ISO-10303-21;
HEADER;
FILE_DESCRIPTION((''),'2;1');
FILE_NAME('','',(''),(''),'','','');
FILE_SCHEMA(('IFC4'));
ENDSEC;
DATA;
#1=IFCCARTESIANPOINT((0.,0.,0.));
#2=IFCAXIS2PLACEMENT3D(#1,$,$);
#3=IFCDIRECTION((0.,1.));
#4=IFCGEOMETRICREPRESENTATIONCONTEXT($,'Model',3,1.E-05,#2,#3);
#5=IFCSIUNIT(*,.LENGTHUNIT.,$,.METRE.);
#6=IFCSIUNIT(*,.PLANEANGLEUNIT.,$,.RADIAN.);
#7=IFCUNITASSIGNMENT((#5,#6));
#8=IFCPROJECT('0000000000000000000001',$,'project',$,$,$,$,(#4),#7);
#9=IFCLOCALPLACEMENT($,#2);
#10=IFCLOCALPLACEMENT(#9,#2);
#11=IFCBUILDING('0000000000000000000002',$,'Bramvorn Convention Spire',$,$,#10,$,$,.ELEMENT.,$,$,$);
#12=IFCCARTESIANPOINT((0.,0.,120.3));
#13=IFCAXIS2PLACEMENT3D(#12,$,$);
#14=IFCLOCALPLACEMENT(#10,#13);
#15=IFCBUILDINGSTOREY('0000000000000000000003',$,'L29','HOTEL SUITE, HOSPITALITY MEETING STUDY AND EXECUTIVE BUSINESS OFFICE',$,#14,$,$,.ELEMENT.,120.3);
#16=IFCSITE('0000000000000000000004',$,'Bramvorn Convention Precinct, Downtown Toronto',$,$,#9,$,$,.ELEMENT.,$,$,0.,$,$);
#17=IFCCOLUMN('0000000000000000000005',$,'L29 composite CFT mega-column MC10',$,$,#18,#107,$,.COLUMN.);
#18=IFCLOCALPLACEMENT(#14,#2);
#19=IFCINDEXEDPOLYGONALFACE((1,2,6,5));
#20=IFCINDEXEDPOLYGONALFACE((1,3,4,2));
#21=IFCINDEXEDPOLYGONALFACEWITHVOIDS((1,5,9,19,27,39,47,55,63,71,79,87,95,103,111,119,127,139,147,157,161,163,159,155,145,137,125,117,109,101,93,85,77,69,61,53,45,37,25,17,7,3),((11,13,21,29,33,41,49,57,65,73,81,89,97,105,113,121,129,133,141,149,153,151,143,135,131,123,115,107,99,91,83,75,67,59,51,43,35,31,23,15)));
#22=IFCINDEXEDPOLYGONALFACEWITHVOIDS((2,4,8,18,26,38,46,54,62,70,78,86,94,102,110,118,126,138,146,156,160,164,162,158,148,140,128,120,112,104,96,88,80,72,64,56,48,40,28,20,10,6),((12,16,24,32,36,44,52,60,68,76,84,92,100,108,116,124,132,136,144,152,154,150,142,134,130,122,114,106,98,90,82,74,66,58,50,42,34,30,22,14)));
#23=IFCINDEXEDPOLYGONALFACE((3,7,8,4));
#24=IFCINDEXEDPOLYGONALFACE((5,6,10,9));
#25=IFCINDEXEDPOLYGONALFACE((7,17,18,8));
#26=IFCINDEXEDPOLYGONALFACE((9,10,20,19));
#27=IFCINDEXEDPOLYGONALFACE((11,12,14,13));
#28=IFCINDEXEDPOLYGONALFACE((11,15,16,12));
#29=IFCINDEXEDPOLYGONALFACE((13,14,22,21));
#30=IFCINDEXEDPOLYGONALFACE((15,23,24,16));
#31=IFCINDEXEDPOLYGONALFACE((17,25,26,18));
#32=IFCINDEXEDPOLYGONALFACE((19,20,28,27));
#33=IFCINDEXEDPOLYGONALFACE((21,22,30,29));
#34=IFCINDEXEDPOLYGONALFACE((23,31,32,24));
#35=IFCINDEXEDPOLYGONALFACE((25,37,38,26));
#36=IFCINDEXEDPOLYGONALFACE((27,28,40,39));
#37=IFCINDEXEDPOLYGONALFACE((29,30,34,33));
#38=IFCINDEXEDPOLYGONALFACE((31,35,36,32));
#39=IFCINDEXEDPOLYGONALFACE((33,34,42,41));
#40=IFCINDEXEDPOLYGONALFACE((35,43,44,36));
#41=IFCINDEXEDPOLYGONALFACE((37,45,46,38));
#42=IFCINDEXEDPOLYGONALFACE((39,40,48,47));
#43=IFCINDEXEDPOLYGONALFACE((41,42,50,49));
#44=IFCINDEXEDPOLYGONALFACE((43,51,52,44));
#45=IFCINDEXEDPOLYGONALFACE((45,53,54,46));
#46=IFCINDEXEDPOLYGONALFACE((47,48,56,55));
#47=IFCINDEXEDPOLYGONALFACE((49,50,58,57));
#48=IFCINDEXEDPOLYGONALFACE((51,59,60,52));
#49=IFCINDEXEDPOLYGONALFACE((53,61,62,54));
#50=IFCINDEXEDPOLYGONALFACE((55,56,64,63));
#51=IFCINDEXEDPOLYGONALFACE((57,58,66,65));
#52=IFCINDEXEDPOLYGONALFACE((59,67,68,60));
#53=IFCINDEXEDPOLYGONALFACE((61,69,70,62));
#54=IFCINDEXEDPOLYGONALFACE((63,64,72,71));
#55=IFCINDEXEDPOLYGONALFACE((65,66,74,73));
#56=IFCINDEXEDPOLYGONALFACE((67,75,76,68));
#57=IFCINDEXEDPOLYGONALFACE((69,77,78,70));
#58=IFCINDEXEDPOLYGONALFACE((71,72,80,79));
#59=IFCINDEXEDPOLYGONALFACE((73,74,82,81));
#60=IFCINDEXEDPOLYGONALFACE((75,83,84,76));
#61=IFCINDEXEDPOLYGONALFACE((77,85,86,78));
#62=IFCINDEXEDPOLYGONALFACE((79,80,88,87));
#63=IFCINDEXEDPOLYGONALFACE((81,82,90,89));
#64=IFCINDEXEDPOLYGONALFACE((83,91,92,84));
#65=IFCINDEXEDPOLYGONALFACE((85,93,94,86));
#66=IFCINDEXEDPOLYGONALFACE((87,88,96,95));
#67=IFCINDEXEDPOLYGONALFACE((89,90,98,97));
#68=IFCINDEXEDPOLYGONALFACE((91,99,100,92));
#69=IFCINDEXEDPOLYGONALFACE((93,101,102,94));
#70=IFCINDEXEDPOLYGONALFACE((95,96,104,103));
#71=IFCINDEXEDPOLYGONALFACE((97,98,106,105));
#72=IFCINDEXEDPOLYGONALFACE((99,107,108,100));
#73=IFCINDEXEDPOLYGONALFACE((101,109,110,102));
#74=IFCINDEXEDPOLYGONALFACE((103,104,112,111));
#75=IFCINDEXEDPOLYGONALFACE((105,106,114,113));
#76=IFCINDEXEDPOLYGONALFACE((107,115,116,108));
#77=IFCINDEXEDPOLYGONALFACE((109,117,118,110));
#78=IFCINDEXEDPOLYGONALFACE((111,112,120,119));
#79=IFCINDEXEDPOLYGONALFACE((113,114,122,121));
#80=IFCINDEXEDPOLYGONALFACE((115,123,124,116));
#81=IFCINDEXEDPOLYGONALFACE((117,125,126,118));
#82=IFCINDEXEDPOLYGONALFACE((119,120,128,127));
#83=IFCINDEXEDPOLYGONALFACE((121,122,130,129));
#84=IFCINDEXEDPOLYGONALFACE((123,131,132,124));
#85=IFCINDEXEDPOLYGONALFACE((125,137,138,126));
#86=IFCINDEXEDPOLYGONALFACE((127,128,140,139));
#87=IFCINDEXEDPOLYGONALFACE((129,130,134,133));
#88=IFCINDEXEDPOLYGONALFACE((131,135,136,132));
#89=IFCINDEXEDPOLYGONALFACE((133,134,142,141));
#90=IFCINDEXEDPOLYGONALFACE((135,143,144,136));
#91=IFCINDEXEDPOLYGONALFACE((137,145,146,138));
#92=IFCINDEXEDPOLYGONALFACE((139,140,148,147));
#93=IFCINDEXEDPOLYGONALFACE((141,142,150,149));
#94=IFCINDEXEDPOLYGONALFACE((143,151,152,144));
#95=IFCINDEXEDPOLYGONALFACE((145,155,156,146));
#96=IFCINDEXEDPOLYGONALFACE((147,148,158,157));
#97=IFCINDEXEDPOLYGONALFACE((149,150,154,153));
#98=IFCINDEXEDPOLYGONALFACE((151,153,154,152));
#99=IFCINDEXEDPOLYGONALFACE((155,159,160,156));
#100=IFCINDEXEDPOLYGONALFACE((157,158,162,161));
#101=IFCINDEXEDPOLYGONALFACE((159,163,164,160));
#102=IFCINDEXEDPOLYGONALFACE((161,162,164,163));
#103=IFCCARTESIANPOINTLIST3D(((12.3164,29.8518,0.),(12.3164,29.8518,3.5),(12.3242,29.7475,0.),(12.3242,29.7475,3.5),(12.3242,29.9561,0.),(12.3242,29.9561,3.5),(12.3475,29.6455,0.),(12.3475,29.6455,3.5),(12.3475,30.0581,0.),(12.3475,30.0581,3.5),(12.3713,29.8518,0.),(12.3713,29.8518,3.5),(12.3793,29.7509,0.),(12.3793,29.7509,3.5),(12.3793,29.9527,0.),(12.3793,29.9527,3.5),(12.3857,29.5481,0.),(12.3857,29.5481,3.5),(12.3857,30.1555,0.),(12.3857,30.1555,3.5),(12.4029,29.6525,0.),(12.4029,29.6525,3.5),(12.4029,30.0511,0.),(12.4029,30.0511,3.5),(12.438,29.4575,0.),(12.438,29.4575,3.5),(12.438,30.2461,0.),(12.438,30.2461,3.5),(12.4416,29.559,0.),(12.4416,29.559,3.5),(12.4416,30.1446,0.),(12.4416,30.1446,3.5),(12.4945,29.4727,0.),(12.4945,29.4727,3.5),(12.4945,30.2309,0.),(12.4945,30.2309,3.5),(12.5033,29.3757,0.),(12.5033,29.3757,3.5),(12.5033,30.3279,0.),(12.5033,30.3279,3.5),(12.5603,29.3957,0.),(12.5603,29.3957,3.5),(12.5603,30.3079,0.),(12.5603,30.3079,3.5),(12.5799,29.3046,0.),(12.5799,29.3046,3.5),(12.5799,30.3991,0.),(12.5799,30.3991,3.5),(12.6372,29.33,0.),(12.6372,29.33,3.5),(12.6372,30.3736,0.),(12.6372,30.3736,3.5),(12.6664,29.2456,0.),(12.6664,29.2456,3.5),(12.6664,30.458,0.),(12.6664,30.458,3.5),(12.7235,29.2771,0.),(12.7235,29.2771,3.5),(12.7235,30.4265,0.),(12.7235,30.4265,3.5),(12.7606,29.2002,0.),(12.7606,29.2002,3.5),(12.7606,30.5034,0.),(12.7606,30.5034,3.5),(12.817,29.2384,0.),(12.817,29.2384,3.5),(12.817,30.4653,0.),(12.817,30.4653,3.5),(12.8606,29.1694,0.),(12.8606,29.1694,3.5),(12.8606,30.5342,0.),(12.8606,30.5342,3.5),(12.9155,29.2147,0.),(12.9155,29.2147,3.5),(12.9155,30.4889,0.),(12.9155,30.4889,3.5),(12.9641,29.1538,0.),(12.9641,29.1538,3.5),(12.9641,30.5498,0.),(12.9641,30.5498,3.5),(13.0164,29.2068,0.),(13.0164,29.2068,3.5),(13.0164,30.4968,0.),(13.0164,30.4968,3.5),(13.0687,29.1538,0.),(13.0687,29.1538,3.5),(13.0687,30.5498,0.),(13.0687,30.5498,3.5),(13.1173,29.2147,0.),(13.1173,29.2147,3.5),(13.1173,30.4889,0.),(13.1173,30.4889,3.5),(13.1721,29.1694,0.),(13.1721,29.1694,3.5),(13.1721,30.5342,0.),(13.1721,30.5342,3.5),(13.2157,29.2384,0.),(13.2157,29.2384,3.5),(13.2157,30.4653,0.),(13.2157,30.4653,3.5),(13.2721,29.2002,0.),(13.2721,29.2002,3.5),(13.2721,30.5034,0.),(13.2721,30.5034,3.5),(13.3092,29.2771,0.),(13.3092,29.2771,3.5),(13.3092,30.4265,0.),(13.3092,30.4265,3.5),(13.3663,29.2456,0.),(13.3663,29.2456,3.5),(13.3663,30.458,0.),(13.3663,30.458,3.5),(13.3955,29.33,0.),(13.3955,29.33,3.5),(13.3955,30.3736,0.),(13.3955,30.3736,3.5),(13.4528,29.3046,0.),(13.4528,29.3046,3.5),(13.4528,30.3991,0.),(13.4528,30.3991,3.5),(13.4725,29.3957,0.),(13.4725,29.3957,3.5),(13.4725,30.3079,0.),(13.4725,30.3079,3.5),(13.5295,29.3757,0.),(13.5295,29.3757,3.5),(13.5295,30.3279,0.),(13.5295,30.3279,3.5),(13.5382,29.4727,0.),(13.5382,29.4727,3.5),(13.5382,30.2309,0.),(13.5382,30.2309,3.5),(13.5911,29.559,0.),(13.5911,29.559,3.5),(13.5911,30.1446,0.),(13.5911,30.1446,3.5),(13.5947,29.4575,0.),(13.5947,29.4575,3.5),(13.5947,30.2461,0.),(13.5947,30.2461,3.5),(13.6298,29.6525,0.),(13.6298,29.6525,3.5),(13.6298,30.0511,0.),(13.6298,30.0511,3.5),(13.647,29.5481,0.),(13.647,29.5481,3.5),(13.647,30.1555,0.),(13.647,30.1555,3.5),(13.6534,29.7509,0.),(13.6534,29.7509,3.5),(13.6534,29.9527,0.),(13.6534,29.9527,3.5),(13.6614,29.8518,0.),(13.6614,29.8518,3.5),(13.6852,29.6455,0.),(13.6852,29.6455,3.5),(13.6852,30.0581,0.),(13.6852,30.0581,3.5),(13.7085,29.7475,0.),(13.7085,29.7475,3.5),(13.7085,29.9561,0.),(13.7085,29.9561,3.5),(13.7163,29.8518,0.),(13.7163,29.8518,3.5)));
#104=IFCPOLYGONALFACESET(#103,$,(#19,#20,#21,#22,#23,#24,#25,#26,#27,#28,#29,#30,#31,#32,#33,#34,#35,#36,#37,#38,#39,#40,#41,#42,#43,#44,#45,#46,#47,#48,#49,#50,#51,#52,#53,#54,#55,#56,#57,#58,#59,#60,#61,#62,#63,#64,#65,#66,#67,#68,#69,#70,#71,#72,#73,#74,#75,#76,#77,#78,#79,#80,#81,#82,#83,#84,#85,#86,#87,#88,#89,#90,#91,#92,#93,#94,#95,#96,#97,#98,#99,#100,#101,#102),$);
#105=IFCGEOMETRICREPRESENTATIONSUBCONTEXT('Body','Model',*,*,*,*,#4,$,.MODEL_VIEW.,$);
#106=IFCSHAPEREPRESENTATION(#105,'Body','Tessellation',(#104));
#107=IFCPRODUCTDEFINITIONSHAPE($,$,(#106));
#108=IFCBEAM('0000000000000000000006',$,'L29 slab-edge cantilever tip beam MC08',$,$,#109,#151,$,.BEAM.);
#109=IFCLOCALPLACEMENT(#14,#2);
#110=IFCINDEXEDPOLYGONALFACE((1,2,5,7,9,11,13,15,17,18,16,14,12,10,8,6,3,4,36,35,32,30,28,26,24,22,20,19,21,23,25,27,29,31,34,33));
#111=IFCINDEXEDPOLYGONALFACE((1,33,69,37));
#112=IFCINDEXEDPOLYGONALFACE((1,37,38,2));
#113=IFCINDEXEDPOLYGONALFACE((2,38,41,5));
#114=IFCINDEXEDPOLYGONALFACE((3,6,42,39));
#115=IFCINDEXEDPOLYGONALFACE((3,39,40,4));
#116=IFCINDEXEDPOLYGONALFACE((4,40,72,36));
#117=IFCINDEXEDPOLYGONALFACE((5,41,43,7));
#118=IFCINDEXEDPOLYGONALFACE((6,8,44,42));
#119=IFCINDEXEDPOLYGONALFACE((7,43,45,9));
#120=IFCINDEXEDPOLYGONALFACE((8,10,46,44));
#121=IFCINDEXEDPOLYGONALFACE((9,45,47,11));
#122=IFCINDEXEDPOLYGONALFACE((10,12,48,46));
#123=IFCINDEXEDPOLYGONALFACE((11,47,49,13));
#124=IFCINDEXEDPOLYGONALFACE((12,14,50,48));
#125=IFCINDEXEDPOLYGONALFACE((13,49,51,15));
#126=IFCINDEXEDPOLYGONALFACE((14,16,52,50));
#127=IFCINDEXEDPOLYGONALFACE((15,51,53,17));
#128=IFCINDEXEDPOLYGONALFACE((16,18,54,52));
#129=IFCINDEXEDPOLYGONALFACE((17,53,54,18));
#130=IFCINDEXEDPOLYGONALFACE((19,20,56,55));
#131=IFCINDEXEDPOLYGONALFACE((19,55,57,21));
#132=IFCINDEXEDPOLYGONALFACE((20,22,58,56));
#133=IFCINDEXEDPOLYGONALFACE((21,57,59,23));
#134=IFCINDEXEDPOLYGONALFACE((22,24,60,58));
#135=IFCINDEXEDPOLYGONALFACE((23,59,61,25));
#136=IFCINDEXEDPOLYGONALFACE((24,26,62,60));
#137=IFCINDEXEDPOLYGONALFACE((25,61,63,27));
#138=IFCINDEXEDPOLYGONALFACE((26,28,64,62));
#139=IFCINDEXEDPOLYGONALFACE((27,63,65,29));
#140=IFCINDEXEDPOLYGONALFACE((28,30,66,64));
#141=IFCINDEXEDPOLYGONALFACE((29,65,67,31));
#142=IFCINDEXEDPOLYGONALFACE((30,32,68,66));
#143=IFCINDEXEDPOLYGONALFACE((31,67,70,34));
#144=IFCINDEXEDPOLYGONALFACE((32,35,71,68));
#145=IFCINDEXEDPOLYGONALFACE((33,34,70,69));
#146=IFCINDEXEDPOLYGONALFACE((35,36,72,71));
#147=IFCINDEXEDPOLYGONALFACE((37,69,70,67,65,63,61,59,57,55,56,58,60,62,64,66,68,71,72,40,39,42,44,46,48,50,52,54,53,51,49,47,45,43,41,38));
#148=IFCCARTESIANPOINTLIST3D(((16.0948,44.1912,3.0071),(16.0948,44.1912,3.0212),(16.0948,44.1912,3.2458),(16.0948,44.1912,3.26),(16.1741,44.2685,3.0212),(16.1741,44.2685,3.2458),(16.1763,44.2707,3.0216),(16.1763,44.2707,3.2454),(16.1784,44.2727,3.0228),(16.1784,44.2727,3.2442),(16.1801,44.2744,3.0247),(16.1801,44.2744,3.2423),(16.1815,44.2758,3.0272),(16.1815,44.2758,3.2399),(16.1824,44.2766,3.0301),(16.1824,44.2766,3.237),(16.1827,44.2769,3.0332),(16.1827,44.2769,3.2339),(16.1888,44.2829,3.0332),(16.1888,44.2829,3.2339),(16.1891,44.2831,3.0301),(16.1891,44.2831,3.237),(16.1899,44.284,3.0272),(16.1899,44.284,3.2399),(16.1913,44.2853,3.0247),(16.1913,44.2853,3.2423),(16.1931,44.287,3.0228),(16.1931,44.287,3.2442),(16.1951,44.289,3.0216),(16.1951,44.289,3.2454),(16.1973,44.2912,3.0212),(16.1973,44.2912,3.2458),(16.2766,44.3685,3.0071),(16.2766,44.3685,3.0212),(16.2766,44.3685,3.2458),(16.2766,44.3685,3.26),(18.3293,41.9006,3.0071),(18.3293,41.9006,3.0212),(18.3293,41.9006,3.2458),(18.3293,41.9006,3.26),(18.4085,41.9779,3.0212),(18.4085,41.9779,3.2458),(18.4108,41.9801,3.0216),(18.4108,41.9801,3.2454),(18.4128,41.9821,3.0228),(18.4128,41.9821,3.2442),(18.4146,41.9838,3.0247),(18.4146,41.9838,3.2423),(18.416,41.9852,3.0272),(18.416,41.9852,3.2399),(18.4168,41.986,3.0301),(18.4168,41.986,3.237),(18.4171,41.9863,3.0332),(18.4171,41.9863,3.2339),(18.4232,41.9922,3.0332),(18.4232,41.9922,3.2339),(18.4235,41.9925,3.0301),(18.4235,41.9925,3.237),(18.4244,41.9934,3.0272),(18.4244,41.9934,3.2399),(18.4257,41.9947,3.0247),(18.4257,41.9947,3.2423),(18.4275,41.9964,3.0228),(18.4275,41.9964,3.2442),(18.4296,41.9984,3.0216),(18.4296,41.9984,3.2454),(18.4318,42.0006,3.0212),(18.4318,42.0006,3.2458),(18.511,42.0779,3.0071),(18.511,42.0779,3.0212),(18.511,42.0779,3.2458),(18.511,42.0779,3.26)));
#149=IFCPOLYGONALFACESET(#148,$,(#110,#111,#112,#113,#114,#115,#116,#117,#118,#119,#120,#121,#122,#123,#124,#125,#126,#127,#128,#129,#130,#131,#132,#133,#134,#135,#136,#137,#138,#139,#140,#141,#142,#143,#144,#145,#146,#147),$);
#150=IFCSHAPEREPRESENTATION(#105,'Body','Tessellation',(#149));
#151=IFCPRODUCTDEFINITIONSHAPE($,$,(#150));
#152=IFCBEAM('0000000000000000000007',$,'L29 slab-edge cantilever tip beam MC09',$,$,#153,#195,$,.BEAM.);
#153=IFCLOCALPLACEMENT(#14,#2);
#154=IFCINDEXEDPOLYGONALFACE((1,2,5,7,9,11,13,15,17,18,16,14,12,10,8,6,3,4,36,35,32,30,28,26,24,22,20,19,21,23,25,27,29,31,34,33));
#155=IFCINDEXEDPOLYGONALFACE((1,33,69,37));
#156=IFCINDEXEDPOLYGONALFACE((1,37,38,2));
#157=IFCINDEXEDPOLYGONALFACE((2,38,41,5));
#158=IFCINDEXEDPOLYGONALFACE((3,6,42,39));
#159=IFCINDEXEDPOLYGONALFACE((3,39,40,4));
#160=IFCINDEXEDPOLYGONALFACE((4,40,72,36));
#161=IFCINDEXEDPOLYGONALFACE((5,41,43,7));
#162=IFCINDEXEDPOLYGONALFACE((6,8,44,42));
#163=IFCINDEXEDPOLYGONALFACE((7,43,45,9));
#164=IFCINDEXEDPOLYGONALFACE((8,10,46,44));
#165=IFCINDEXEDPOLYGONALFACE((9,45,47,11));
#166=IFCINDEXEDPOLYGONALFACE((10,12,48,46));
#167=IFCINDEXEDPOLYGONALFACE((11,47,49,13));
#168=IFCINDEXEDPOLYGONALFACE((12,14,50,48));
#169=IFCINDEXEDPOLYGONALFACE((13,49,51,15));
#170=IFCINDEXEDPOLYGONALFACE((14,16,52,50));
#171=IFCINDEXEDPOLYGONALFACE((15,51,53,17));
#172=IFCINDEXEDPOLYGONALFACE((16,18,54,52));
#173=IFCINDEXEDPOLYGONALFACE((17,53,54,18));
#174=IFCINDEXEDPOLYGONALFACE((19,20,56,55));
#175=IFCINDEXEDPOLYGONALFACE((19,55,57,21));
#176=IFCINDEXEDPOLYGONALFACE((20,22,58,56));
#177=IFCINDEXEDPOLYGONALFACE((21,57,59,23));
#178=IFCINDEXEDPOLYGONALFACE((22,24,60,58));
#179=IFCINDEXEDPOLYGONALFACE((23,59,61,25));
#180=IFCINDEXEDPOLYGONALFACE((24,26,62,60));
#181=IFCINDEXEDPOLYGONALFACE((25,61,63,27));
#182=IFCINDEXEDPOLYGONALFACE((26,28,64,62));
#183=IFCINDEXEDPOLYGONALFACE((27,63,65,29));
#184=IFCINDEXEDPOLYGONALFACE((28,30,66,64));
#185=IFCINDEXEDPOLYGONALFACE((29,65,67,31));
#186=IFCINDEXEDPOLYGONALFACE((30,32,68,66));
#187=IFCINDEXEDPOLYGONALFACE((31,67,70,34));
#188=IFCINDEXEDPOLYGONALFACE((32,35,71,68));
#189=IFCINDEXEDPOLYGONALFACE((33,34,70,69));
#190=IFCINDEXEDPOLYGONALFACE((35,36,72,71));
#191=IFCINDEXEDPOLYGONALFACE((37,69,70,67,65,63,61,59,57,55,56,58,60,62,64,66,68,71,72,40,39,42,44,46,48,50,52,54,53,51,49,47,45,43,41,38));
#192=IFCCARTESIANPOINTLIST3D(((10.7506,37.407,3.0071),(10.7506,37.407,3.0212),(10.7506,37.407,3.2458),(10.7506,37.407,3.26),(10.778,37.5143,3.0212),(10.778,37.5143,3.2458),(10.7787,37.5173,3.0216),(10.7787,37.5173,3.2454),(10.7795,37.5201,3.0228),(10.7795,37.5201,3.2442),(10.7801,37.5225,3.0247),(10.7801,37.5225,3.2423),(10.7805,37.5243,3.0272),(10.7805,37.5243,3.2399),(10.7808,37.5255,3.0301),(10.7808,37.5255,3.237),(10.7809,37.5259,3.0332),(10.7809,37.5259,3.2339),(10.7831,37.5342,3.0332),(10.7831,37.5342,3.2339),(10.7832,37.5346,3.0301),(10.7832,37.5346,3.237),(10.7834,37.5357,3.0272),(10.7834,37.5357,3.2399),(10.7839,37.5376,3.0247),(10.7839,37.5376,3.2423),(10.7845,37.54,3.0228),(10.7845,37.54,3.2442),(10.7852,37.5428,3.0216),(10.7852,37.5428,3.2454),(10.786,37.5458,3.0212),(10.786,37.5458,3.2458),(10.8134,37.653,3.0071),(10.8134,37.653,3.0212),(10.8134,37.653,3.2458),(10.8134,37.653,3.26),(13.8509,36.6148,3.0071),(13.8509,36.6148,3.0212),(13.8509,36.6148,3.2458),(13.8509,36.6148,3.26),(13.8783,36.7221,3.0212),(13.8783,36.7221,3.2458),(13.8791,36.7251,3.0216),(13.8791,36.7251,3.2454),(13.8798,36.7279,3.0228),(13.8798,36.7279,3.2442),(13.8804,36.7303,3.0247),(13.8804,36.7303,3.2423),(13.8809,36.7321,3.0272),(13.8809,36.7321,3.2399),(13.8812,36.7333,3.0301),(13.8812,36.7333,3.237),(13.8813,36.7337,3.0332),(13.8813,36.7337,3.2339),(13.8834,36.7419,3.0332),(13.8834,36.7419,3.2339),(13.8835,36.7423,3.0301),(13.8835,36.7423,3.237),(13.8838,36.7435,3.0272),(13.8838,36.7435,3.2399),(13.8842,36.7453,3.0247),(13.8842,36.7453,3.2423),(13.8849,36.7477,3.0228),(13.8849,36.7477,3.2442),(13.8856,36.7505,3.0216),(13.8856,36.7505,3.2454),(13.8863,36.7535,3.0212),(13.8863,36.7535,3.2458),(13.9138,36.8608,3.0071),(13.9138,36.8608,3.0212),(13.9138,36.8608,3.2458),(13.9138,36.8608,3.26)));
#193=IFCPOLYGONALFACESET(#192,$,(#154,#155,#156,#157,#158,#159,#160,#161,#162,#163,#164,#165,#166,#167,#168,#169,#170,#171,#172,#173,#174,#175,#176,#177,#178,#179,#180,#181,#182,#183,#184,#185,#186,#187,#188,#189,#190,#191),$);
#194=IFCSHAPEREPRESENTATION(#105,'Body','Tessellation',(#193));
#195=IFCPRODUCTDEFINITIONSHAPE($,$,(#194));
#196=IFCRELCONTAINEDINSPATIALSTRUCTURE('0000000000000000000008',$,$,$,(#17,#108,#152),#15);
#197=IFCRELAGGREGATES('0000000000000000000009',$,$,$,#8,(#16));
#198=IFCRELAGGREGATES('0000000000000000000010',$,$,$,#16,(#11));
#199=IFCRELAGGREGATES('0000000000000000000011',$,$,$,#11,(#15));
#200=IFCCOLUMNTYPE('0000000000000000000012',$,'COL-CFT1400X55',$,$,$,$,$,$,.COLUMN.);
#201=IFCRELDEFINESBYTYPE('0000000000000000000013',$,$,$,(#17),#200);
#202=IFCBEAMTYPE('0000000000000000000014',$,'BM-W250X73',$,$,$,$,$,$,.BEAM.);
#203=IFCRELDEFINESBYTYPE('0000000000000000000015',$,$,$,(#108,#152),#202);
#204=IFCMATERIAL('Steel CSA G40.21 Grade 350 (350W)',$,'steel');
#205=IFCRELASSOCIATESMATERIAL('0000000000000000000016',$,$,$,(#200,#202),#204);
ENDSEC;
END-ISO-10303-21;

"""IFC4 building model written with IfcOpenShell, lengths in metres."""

from ifc_helpers import new_model, si_unit, direction, frame, origin, origin_2d, place, context, subcontext, project, spatial, hollow_circle, i_section, extrude, material, material_profile, profile_set, type_object, element, save


model = new_model("IFC4")

# Units and contexts
model_context = context("Model", 3, precision=1e-05, world=origin(), true_north=direction((0.0, 1.0)))
body_context = subcontext(model_context, "Body", "Model", "MODEL_VIEW")
ifc_project = project(units=[si_unit("LENGTHUNIT", "METRE"), si_unit("PLANEANGLEUNIT", "RADIAN")], contexts=[model_context])

# Site, building, storey
site_placement = place(None, origin())
site = spatial("IfcSite", under=ifc_project, at=site_placement, Name="Bramvorn Convention Precinct, Downtown Toronto", CompositionType="ELEMENT", RefElevation=0.0)
building_placement = place(site_placement, origin())
building = spatial("IfcBuilding", under=site, at=building_placement, Name="Bramvorn Convention Spire", CompositionType="ELEMENT")
storey_placement = place(building_placement, frame((0.0, 0.0, 120.3)))
storey = spatial("IfcBuildingStorey", under=building, at=storey_placement, Name="L29", Description="HOTEL SUITE, HOSPITALITY MEETING STUDY AND EXECUTIVE BUSINESS OFFICE", CompositionType="ELEMENT", Elevation=120.3)

# Column
ifc_material_1 = material(Name="Steel CSA G40.21 Grade 350 (350W)", Category="steel")
ifc_material_profile_1 = material_profile(ifc_material_1, hollow_circle(Radius=0.7, WallThickness=0.0549, at=origin_2d()))
ifc_profile_set_1 = profile_set([ifc_material_profile_1], Name="Steel CSA G40.21 Grade 350 (350W) - CFT1400X55")
column_type = type_object("IfcColumnType", Name="COL-CFT1400X55", PredefinedType="COLUMN", material=ifc_profile_set_1)
for number, where, z_axis, x_axis, name in (
    (1, (13.0164, 29.8518, 0.0), (0.0, 0.0, 1.0), (1.0, 0.0, 0.0), "L29 composite CFT mega-column MC10"),
):
    element("IfcColumn", number, at=place(storey_placement, frame(where, z_axis=z_axis, x_axis=x_axis)), inside=storey, type_object=column_type, Name=name, PredefinedType="COLUMN", context=body_context, shape_type="SweptSolid", body=[
        extrude(hollow_circle(Radius=0.7, WallThickness=0.0549, at=origin_2d()), origin(), (0.0, 0.0, 1.0), 3.5),
    ])

# Beams
ifc_material_profile_2 = material_profile(ifc_material_1, i_section(OverallWidth=0.2539, OverallDepth=0.2529, WebThickness=0.0085, FlangeThickness=0.0142, FilletRadius=0.012, at=origin_2d()))
ifc_profile_set_2 = profile_set([ifc_material_profile_2], Name="Steel CSA G40.21 Grade 350 (350W) - W250X73")
beam_type_1 = type_object("IfcBeamType", Name="BM-W250X73", PredefinedType="BEAM", material=ifc_profile_set_2)
for number, where, z_axis, x_axis, name in (
    (2, (18.4202, 41.9893, 3.1335), (-0.698278, 0.715827, 0.0), (-0.715827, -0.698278, 0.0), "L29 slab-edge cantilever tip beam MC08"),
    (3, (13.8823, 36.7378, 3.1335), (-0.968868, 0.247577, 0.0), (-0.247577, -0.968868, 0.0), "L29 slab-edge cantilever tip beam MC09"),
):
    element("IfcBeam", number, at=place(storey_placement, frame(where, z_axis=z_axis, x_axis=x_axis)), inside=storey, type_object=beam_type_1, Name=name, PredefinedType="BEAM", context=body_context, shape_type="SweptSolid", body=[
        extrude(i_section(OverallWidth=0.2539, OverallDepth=0.2529, WebThickness=0.0085, FlangeThickness=0.0142, FilletRadius=0.012, at=origin_2d()), origin(), (0.0, 0.0, 1.0), 3.2),
    ])

save(model, "model.ifc")
